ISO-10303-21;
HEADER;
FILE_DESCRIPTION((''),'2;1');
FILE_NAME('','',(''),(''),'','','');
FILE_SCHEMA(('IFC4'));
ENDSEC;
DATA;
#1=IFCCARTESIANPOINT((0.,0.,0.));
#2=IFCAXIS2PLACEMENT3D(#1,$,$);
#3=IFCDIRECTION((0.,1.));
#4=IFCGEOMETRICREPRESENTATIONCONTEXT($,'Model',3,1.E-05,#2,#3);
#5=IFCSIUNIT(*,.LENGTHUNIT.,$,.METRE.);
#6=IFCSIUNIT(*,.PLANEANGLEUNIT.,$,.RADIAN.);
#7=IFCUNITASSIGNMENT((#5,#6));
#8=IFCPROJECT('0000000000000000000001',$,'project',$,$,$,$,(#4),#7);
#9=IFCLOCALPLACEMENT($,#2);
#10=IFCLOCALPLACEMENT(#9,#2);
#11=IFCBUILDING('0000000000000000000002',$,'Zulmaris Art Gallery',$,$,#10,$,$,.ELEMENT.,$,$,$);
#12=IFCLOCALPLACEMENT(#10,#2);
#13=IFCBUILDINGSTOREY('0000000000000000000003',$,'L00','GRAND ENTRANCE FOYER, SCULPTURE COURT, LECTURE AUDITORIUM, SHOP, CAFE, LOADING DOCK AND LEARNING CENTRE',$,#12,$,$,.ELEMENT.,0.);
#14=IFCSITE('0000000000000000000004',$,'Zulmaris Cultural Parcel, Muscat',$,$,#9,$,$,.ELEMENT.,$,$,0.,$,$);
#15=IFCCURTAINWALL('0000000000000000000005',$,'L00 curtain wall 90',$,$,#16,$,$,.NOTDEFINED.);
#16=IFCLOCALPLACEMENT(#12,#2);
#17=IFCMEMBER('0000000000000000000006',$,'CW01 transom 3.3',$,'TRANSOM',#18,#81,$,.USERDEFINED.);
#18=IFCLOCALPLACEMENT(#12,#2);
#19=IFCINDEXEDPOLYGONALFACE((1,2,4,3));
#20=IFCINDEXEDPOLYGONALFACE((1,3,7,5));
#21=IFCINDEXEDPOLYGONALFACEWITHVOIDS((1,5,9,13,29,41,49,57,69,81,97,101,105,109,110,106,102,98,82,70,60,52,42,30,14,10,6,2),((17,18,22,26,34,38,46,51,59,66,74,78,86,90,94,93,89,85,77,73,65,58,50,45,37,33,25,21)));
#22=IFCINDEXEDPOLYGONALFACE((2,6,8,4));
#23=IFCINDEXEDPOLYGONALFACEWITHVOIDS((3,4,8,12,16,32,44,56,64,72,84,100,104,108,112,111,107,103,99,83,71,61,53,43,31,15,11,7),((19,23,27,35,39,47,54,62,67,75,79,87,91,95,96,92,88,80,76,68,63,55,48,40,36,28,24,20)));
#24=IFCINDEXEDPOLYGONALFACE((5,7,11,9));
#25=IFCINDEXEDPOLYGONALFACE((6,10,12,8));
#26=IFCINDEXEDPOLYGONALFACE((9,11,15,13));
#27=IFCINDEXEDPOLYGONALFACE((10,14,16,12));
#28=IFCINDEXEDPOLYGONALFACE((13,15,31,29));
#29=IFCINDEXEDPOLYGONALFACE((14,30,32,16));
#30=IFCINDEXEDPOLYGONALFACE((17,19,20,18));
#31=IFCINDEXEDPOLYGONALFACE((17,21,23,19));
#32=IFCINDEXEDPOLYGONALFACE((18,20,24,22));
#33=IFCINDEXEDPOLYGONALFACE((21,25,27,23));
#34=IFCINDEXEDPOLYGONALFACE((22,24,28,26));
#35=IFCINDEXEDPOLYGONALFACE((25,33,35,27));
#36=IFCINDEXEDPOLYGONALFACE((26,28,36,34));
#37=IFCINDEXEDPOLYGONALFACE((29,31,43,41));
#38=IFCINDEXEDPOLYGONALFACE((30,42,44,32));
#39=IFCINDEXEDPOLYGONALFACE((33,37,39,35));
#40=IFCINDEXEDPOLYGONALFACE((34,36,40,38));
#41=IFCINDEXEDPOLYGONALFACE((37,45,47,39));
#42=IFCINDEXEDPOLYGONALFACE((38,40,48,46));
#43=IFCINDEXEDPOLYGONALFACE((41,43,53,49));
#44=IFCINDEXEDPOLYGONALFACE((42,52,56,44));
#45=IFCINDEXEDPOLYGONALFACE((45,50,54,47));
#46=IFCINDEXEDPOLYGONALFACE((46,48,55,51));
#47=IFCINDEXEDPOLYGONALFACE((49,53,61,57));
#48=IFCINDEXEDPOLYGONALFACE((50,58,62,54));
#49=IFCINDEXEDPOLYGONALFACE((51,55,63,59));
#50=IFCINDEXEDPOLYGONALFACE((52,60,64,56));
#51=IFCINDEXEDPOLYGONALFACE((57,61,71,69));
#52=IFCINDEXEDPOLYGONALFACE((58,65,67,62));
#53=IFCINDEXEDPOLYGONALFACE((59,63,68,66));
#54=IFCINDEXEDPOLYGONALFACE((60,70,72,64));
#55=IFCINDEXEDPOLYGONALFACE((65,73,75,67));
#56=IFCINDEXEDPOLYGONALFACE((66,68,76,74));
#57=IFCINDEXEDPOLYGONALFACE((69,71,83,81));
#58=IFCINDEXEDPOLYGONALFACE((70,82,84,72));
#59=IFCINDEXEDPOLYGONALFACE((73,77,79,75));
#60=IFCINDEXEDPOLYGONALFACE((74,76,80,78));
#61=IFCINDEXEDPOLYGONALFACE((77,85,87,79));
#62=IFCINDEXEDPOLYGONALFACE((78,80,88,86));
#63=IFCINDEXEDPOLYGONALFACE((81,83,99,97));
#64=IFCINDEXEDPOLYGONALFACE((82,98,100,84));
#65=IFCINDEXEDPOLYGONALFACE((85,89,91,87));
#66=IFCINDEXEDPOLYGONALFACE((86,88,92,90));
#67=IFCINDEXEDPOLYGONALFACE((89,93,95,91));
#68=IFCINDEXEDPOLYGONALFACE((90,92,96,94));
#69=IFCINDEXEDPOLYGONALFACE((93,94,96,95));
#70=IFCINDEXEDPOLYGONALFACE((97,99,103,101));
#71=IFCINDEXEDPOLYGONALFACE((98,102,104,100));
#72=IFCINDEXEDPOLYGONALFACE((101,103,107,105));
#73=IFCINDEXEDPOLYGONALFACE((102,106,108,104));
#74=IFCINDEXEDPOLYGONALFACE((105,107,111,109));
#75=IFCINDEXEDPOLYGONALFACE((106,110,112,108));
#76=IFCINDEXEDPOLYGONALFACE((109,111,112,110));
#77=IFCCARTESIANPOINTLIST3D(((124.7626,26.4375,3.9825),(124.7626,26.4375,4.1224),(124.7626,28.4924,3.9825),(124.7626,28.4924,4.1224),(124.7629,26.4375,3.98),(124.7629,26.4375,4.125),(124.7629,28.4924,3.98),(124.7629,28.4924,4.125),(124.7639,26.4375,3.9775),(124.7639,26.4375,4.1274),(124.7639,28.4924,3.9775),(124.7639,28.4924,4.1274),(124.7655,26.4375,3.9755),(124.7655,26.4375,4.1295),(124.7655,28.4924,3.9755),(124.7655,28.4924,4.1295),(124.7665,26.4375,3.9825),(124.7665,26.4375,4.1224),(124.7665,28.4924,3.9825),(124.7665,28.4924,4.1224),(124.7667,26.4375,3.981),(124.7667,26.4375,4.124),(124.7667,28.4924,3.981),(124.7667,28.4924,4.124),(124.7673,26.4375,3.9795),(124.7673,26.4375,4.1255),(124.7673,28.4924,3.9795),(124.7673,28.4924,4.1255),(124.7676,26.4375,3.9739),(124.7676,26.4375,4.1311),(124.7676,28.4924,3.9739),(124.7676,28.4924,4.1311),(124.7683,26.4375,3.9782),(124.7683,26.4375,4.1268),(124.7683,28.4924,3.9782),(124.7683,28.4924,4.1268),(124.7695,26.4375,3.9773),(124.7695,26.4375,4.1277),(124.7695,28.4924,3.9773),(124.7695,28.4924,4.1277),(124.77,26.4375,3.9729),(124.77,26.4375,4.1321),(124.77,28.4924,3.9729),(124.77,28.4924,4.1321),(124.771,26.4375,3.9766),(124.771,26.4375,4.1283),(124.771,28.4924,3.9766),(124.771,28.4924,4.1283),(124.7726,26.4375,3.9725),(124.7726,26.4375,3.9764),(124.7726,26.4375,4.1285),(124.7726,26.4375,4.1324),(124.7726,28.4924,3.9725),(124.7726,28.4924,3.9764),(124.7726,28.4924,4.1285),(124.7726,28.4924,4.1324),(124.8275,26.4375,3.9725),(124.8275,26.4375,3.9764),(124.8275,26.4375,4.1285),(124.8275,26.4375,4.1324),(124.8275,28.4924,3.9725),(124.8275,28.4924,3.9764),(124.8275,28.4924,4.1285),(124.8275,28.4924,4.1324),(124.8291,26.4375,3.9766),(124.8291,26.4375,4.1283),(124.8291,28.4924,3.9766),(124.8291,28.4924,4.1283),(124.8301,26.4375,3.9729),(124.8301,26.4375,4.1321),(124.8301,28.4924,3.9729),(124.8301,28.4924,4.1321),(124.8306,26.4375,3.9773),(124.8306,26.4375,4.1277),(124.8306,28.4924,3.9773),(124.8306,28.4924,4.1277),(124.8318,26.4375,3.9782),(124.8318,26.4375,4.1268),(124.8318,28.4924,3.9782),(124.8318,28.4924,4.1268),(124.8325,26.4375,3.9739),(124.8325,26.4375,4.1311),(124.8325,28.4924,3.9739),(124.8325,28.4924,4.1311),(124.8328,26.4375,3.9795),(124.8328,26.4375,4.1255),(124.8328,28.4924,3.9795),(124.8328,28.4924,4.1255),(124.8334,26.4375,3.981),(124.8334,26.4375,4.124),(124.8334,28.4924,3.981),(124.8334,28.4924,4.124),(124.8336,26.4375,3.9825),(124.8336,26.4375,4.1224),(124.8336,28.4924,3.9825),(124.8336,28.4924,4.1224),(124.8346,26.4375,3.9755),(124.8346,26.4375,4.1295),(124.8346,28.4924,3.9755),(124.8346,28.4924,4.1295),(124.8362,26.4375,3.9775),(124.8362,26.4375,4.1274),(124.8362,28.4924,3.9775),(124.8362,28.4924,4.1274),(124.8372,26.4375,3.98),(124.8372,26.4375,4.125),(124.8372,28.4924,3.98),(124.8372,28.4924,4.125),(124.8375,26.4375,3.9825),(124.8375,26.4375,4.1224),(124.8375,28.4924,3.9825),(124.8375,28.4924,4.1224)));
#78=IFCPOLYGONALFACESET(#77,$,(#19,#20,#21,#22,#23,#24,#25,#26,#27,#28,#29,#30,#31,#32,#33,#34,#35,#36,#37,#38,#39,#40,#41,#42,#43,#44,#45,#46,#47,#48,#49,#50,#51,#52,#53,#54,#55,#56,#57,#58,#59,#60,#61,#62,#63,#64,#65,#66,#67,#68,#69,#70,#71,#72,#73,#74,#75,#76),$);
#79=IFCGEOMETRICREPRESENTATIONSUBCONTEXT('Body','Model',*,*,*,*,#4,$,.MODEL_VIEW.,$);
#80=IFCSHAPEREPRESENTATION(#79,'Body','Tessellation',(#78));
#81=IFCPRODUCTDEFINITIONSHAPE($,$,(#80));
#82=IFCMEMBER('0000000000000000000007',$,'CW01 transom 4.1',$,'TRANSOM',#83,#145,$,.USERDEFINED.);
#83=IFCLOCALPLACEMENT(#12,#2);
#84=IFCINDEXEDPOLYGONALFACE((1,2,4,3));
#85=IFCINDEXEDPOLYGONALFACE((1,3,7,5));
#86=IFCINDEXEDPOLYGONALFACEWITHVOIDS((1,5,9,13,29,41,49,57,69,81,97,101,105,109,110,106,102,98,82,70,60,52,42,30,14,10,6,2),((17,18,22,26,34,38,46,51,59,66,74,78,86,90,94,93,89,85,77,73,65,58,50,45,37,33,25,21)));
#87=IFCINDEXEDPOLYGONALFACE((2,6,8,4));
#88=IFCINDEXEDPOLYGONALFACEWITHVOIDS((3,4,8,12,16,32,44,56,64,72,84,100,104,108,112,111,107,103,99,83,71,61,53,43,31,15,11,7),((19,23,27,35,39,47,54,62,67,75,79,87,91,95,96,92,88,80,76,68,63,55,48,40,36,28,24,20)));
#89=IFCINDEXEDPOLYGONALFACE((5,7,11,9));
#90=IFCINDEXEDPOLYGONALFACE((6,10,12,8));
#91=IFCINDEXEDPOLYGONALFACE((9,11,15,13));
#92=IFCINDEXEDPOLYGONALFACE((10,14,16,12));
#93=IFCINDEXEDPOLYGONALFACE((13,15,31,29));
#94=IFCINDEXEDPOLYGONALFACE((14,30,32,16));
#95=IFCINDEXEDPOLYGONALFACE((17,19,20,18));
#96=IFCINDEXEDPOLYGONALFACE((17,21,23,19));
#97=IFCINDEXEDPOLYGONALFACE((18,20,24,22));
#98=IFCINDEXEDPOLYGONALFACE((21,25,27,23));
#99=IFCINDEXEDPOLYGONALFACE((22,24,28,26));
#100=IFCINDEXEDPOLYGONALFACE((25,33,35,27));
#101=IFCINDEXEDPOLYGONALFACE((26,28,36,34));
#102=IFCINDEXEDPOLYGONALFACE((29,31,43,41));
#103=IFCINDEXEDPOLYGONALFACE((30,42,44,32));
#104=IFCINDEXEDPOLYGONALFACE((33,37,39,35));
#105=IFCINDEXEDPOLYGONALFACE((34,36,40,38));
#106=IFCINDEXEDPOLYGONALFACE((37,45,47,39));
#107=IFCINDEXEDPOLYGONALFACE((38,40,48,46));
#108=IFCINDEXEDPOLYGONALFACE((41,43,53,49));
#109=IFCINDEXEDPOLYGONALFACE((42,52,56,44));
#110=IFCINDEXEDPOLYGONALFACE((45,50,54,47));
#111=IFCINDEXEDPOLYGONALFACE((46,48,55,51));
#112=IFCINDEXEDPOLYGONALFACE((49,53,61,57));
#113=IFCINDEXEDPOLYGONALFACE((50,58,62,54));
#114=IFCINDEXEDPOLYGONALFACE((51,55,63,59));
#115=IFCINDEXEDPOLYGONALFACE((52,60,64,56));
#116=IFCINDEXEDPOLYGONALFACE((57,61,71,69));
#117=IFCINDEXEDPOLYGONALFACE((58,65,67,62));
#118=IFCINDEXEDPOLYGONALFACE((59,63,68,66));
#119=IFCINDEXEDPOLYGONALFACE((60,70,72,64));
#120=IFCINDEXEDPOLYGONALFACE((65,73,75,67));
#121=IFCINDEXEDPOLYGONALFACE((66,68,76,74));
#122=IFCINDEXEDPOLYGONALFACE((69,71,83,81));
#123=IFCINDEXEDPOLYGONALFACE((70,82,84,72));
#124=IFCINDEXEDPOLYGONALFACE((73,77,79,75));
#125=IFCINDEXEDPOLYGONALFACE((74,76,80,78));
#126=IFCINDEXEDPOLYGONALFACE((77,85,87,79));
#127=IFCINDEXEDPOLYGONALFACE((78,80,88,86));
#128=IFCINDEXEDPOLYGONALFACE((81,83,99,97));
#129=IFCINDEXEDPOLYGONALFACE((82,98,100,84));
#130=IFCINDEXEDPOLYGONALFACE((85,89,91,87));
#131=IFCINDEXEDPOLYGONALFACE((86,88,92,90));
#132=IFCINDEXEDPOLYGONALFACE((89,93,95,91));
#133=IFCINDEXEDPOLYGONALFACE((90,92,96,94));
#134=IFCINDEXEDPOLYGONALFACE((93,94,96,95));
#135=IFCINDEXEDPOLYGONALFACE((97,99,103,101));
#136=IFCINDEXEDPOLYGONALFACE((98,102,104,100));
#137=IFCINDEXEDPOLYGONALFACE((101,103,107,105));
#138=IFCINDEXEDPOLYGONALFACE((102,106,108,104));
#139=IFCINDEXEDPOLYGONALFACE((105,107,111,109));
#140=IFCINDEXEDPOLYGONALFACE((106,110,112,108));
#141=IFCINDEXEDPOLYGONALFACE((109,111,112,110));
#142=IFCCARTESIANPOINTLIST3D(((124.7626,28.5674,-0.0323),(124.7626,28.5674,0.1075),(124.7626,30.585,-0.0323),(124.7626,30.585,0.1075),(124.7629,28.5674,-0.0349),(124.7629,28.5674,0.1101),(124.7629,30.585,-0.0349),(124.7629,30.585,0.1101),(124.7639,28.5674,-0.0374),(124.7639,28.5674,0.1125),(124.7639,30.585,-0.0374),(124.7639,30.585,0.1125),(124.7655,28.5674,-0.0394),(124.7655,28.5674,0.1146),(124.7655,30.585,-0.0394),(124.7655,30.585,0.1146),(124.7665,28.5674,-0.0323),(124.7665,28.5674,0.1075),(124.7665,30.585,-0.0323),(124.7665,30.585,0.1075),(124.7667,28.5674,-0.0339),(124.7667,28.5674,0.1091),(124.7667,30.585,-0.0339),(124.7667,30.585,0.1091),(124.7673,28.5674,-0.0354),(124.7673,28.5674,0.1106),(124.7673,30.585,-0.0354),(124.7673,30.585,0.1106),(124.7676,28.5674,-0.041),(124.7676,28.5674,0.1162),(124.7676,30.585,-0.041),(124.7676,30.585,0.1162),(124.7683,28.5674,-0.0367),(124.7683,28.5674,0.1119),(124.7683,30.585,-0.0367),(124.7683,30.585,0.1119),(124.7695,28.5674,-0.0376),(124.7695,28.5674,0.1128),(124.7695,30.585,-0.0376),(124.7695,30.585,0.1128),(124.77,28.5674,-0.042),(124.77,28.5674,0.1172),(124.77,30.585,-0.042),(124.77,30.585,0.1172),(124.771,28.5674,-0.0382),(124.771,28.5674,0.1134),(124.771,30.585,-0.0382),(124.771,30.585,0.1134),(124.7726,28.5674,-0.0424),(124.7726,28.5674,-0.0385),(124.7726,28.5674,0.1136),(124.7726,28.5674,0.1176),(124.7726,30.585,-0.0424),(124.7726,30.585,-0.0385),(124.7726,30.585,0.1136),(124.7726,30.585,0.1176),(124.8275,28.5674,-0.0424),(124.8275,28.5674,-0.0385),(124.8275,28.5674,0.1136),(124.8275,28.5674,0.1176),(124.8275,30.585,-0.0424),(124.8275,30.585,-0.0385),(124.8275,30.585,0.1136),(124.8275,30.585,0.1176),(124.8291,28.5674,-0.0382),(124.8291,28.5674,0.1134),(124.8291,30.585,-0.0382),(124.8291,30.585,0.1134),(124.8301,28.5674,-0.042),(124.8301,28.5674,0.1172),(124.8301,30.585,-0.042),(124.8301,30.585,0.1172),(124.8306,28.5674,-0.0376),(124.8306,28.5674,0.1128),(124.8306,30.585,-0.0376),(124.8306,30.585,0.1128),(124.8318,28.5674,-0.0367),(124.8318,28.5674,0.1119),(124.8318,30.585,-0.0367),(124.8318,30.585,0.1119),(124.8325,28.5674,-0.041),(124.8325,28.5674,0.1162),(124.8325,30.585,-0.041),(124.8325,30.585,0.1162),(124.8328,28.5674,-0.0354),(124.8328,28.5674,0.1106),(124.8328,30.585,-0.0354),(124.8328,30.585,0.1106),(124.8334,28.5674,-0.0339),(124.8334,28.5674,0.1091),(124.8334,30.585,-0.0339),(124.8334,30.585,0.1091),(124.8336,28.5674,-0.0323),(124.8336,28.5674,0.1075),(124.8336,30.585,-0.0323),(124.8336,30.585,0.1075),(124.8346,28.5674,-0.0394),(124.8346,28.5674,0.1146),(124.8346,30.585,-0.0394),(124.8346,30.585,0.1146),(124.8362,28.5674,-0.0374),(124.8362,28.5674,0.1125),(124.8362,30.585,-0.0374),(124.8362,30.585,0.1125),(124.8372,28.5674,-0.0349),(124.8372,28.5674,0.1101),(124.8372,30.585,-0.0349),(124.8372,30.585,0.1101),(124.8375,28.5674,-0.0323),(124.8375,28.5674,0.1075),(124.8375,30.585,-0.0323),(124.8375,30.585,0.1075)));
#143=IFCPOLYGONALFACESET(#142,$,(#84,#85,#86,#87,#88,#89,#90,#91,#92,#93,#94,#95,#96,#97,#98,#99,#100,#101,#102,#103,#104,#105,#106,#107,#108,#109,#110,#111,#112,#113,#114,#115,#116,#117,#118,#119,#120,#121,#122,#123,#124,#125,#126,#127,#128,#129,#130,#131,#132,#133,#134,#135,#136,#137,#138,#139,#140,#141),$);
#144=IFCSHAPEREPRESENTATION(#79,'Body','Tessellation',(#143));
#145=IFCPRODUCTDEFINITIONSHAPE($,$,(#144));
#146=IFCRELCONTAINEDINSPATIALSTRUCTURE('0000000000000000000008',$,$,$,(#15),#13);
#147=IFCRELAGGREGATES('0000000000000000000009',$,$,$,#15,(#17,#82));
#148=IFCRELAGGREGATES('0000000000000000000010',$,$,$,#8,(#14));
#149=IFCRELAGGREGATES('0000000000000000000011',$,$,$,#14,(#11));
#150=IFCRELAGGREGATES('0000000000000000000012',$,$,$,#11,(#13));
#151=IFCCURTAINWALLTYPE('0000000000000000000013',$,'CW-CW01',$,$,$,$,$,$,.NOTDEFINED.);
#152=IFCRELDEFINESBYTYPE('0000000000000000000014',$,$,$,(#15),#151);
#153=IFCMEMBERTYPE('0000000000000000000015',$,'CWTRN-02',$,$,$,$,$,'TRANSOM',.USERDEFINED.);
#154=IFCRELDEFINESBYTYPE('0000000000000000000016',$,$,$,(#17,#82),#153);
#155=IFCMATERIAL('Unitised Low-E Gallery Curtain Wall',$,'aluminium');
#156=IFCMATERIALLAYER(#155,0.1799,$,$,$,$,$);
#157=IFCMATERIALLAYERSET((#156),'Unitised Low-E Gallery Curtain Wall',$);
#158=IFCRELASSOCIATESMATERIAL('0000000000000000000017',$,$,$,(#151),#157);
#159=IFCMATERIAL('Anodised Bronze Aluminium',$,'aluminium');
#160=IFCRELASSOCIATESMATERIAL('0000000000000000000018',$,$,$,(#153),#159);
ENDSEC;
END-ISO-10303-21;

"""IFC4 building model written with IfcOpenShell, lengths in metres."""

from ifc_helpers import new_model, si_unit, direction, frame, origin, origin_2d, place, context, subcontext, project, spatial, hollow_rectangle, extrude, material, layer, layer_set, material_profile, profile_set, type_object, element, aggregate, save


model = new_model("IFC4")

# Units and contexts
model_context = context("Model", 3, precision=1e-05, world=origin(), true_north=direction((0.0, 1.0)))
body_context = subcontext(model_context, "Body", "Model", "MODEL_VIEW")
ifc_project = project(units=[si_unit("LENGTHUNIT", "METRE"), si_unit("PLANEANGLEUNIT", "RADIAN")], contexts=[model_context])

# Site, building, storey
site_placement = place(None, origin())
site = spatial("IfcSite", under=ifc_project, at=site_placement, Name="Zulmaris Cultural Parcel, Muscat", CompositionType="ELEMENT", RefElevation=0.0)
building_placement = place(site_placement, origin())
building = spatial("IfcBuilding", under=site, at=building_placement, Name="Zulmaris Art Gallery", CompositionType="ELEMENT")
storey_placement = place(building_placement, origin())
storey = spatial("IfcBuildingStorey", under=building, at=storey_placement, Name="L00", Description="GRAND ENTRANCE FOYER, SCULPTURE COURT, LECTURE AUDITORIUM, SHOP, CAFE, LOADING DOCK AND LEARNING CENTRE", CompositionType="ELEMENT", Elevation=0.0)

# Curtain wall
ifc_material_1 = material(Name="Unitised Low-E Gallery Curtain Wall", Category="aluminium")
ifc_layer_1 = layer(ifc_material_1, 0.1799)
ifc_layer_set_1 = layer_set([ifc_layer_1], Name="Unitised Low-E Gallery Curtain Wall")
curtain_wall_type_1 = type_object("IfcCurtainWallType", Name="CW-CW01", PredefinedType="NOTDEFINED", material=ifc_layer_set_1)
curtain_wall_1_placement = place(storey_placement, origin())
curtain_wall_1 = element("IfcCurtainWall", 1, at=curtain_wall_1_placement, inside=storey, type_object=curtain_wall_type_1, Name="L00 curtain wall 90", PredefinedType="NOTDEFINED")
ifc_material_2 = material(Name="Anodised Bronze Aluminium", Category="aluminium")

# Members
ifc_material_profile_1 = material_profile(ifc_material_2, hollow_rectangle(XDim=0.075, YDim=0.1599, WallThickness=0.0039, InnerFilletRadius=0.0061, OuterFilletRadius=0.01, at=origin_2d()), Name="ALU 75x160x4")
ifc_profile_set_1 = profile_set([ifc_material_profile_1], Name="Anodised Bronze Aluminium")
member_type_1 = type_object("IfcMemberType", Name="CWTRN-02", ElementType="TRANSOM", PredefinedType="USERDEFINED", material=ifc_profile_set_1)
member_1_placement = place(storey_placement, frame((124.8, 26.4375, 4.0525), z_axis=(0.0, 1.0, 0.0), x_axis=(-1.0, 0.0, 0.0)))
member_1 = element("IfcMember", 2, at=member_1_placement, type_object=member_type_1, Name="CW01 transom 3.3", ObjectType="TRANSOM", PredefinedType="USERDEFINED", context=body_context, shape_type="SweptSolid", body=[
    extrude(hollow_rectangle(XDim=0.075, YDim=0.1599, WallThickness=0.0039, InnerFilletRadius=0.0061, OuterFilletRadius=0.01, at=origin_2d()), origin(), (0.0, 0.0, 1.0), 2.0549),
])
member_2_placement = place(storey_placement, frame((124.8, 28.5674, 0.0376), z_axis=(0.0, 1.0, 0.0), x_axis=(-1.0, 0.0, 0.0)))
member_2 = element("IfcMember", 3, at=member_2_placement, type_object=member_type_1, Name="CW01 transom 4.1", ObjectType="TRANSOM", PredefinedType="USERDEFINED", context=body_context, shape_type="SweptSolid", body=[
    extrude(hollow_rectangle(XDim=0.075, YDim=0.1599, WallThickness=0.0039, InnerFilletRadius=0.0061, OuterFilletRadius=0.01, at=origin_2d()), origin(), (0.0, 0.0, 1.0), 2.0176),
])

aggregate(curtain_wall_1, [member_1, member_2])

save(model, "model.ifc")
